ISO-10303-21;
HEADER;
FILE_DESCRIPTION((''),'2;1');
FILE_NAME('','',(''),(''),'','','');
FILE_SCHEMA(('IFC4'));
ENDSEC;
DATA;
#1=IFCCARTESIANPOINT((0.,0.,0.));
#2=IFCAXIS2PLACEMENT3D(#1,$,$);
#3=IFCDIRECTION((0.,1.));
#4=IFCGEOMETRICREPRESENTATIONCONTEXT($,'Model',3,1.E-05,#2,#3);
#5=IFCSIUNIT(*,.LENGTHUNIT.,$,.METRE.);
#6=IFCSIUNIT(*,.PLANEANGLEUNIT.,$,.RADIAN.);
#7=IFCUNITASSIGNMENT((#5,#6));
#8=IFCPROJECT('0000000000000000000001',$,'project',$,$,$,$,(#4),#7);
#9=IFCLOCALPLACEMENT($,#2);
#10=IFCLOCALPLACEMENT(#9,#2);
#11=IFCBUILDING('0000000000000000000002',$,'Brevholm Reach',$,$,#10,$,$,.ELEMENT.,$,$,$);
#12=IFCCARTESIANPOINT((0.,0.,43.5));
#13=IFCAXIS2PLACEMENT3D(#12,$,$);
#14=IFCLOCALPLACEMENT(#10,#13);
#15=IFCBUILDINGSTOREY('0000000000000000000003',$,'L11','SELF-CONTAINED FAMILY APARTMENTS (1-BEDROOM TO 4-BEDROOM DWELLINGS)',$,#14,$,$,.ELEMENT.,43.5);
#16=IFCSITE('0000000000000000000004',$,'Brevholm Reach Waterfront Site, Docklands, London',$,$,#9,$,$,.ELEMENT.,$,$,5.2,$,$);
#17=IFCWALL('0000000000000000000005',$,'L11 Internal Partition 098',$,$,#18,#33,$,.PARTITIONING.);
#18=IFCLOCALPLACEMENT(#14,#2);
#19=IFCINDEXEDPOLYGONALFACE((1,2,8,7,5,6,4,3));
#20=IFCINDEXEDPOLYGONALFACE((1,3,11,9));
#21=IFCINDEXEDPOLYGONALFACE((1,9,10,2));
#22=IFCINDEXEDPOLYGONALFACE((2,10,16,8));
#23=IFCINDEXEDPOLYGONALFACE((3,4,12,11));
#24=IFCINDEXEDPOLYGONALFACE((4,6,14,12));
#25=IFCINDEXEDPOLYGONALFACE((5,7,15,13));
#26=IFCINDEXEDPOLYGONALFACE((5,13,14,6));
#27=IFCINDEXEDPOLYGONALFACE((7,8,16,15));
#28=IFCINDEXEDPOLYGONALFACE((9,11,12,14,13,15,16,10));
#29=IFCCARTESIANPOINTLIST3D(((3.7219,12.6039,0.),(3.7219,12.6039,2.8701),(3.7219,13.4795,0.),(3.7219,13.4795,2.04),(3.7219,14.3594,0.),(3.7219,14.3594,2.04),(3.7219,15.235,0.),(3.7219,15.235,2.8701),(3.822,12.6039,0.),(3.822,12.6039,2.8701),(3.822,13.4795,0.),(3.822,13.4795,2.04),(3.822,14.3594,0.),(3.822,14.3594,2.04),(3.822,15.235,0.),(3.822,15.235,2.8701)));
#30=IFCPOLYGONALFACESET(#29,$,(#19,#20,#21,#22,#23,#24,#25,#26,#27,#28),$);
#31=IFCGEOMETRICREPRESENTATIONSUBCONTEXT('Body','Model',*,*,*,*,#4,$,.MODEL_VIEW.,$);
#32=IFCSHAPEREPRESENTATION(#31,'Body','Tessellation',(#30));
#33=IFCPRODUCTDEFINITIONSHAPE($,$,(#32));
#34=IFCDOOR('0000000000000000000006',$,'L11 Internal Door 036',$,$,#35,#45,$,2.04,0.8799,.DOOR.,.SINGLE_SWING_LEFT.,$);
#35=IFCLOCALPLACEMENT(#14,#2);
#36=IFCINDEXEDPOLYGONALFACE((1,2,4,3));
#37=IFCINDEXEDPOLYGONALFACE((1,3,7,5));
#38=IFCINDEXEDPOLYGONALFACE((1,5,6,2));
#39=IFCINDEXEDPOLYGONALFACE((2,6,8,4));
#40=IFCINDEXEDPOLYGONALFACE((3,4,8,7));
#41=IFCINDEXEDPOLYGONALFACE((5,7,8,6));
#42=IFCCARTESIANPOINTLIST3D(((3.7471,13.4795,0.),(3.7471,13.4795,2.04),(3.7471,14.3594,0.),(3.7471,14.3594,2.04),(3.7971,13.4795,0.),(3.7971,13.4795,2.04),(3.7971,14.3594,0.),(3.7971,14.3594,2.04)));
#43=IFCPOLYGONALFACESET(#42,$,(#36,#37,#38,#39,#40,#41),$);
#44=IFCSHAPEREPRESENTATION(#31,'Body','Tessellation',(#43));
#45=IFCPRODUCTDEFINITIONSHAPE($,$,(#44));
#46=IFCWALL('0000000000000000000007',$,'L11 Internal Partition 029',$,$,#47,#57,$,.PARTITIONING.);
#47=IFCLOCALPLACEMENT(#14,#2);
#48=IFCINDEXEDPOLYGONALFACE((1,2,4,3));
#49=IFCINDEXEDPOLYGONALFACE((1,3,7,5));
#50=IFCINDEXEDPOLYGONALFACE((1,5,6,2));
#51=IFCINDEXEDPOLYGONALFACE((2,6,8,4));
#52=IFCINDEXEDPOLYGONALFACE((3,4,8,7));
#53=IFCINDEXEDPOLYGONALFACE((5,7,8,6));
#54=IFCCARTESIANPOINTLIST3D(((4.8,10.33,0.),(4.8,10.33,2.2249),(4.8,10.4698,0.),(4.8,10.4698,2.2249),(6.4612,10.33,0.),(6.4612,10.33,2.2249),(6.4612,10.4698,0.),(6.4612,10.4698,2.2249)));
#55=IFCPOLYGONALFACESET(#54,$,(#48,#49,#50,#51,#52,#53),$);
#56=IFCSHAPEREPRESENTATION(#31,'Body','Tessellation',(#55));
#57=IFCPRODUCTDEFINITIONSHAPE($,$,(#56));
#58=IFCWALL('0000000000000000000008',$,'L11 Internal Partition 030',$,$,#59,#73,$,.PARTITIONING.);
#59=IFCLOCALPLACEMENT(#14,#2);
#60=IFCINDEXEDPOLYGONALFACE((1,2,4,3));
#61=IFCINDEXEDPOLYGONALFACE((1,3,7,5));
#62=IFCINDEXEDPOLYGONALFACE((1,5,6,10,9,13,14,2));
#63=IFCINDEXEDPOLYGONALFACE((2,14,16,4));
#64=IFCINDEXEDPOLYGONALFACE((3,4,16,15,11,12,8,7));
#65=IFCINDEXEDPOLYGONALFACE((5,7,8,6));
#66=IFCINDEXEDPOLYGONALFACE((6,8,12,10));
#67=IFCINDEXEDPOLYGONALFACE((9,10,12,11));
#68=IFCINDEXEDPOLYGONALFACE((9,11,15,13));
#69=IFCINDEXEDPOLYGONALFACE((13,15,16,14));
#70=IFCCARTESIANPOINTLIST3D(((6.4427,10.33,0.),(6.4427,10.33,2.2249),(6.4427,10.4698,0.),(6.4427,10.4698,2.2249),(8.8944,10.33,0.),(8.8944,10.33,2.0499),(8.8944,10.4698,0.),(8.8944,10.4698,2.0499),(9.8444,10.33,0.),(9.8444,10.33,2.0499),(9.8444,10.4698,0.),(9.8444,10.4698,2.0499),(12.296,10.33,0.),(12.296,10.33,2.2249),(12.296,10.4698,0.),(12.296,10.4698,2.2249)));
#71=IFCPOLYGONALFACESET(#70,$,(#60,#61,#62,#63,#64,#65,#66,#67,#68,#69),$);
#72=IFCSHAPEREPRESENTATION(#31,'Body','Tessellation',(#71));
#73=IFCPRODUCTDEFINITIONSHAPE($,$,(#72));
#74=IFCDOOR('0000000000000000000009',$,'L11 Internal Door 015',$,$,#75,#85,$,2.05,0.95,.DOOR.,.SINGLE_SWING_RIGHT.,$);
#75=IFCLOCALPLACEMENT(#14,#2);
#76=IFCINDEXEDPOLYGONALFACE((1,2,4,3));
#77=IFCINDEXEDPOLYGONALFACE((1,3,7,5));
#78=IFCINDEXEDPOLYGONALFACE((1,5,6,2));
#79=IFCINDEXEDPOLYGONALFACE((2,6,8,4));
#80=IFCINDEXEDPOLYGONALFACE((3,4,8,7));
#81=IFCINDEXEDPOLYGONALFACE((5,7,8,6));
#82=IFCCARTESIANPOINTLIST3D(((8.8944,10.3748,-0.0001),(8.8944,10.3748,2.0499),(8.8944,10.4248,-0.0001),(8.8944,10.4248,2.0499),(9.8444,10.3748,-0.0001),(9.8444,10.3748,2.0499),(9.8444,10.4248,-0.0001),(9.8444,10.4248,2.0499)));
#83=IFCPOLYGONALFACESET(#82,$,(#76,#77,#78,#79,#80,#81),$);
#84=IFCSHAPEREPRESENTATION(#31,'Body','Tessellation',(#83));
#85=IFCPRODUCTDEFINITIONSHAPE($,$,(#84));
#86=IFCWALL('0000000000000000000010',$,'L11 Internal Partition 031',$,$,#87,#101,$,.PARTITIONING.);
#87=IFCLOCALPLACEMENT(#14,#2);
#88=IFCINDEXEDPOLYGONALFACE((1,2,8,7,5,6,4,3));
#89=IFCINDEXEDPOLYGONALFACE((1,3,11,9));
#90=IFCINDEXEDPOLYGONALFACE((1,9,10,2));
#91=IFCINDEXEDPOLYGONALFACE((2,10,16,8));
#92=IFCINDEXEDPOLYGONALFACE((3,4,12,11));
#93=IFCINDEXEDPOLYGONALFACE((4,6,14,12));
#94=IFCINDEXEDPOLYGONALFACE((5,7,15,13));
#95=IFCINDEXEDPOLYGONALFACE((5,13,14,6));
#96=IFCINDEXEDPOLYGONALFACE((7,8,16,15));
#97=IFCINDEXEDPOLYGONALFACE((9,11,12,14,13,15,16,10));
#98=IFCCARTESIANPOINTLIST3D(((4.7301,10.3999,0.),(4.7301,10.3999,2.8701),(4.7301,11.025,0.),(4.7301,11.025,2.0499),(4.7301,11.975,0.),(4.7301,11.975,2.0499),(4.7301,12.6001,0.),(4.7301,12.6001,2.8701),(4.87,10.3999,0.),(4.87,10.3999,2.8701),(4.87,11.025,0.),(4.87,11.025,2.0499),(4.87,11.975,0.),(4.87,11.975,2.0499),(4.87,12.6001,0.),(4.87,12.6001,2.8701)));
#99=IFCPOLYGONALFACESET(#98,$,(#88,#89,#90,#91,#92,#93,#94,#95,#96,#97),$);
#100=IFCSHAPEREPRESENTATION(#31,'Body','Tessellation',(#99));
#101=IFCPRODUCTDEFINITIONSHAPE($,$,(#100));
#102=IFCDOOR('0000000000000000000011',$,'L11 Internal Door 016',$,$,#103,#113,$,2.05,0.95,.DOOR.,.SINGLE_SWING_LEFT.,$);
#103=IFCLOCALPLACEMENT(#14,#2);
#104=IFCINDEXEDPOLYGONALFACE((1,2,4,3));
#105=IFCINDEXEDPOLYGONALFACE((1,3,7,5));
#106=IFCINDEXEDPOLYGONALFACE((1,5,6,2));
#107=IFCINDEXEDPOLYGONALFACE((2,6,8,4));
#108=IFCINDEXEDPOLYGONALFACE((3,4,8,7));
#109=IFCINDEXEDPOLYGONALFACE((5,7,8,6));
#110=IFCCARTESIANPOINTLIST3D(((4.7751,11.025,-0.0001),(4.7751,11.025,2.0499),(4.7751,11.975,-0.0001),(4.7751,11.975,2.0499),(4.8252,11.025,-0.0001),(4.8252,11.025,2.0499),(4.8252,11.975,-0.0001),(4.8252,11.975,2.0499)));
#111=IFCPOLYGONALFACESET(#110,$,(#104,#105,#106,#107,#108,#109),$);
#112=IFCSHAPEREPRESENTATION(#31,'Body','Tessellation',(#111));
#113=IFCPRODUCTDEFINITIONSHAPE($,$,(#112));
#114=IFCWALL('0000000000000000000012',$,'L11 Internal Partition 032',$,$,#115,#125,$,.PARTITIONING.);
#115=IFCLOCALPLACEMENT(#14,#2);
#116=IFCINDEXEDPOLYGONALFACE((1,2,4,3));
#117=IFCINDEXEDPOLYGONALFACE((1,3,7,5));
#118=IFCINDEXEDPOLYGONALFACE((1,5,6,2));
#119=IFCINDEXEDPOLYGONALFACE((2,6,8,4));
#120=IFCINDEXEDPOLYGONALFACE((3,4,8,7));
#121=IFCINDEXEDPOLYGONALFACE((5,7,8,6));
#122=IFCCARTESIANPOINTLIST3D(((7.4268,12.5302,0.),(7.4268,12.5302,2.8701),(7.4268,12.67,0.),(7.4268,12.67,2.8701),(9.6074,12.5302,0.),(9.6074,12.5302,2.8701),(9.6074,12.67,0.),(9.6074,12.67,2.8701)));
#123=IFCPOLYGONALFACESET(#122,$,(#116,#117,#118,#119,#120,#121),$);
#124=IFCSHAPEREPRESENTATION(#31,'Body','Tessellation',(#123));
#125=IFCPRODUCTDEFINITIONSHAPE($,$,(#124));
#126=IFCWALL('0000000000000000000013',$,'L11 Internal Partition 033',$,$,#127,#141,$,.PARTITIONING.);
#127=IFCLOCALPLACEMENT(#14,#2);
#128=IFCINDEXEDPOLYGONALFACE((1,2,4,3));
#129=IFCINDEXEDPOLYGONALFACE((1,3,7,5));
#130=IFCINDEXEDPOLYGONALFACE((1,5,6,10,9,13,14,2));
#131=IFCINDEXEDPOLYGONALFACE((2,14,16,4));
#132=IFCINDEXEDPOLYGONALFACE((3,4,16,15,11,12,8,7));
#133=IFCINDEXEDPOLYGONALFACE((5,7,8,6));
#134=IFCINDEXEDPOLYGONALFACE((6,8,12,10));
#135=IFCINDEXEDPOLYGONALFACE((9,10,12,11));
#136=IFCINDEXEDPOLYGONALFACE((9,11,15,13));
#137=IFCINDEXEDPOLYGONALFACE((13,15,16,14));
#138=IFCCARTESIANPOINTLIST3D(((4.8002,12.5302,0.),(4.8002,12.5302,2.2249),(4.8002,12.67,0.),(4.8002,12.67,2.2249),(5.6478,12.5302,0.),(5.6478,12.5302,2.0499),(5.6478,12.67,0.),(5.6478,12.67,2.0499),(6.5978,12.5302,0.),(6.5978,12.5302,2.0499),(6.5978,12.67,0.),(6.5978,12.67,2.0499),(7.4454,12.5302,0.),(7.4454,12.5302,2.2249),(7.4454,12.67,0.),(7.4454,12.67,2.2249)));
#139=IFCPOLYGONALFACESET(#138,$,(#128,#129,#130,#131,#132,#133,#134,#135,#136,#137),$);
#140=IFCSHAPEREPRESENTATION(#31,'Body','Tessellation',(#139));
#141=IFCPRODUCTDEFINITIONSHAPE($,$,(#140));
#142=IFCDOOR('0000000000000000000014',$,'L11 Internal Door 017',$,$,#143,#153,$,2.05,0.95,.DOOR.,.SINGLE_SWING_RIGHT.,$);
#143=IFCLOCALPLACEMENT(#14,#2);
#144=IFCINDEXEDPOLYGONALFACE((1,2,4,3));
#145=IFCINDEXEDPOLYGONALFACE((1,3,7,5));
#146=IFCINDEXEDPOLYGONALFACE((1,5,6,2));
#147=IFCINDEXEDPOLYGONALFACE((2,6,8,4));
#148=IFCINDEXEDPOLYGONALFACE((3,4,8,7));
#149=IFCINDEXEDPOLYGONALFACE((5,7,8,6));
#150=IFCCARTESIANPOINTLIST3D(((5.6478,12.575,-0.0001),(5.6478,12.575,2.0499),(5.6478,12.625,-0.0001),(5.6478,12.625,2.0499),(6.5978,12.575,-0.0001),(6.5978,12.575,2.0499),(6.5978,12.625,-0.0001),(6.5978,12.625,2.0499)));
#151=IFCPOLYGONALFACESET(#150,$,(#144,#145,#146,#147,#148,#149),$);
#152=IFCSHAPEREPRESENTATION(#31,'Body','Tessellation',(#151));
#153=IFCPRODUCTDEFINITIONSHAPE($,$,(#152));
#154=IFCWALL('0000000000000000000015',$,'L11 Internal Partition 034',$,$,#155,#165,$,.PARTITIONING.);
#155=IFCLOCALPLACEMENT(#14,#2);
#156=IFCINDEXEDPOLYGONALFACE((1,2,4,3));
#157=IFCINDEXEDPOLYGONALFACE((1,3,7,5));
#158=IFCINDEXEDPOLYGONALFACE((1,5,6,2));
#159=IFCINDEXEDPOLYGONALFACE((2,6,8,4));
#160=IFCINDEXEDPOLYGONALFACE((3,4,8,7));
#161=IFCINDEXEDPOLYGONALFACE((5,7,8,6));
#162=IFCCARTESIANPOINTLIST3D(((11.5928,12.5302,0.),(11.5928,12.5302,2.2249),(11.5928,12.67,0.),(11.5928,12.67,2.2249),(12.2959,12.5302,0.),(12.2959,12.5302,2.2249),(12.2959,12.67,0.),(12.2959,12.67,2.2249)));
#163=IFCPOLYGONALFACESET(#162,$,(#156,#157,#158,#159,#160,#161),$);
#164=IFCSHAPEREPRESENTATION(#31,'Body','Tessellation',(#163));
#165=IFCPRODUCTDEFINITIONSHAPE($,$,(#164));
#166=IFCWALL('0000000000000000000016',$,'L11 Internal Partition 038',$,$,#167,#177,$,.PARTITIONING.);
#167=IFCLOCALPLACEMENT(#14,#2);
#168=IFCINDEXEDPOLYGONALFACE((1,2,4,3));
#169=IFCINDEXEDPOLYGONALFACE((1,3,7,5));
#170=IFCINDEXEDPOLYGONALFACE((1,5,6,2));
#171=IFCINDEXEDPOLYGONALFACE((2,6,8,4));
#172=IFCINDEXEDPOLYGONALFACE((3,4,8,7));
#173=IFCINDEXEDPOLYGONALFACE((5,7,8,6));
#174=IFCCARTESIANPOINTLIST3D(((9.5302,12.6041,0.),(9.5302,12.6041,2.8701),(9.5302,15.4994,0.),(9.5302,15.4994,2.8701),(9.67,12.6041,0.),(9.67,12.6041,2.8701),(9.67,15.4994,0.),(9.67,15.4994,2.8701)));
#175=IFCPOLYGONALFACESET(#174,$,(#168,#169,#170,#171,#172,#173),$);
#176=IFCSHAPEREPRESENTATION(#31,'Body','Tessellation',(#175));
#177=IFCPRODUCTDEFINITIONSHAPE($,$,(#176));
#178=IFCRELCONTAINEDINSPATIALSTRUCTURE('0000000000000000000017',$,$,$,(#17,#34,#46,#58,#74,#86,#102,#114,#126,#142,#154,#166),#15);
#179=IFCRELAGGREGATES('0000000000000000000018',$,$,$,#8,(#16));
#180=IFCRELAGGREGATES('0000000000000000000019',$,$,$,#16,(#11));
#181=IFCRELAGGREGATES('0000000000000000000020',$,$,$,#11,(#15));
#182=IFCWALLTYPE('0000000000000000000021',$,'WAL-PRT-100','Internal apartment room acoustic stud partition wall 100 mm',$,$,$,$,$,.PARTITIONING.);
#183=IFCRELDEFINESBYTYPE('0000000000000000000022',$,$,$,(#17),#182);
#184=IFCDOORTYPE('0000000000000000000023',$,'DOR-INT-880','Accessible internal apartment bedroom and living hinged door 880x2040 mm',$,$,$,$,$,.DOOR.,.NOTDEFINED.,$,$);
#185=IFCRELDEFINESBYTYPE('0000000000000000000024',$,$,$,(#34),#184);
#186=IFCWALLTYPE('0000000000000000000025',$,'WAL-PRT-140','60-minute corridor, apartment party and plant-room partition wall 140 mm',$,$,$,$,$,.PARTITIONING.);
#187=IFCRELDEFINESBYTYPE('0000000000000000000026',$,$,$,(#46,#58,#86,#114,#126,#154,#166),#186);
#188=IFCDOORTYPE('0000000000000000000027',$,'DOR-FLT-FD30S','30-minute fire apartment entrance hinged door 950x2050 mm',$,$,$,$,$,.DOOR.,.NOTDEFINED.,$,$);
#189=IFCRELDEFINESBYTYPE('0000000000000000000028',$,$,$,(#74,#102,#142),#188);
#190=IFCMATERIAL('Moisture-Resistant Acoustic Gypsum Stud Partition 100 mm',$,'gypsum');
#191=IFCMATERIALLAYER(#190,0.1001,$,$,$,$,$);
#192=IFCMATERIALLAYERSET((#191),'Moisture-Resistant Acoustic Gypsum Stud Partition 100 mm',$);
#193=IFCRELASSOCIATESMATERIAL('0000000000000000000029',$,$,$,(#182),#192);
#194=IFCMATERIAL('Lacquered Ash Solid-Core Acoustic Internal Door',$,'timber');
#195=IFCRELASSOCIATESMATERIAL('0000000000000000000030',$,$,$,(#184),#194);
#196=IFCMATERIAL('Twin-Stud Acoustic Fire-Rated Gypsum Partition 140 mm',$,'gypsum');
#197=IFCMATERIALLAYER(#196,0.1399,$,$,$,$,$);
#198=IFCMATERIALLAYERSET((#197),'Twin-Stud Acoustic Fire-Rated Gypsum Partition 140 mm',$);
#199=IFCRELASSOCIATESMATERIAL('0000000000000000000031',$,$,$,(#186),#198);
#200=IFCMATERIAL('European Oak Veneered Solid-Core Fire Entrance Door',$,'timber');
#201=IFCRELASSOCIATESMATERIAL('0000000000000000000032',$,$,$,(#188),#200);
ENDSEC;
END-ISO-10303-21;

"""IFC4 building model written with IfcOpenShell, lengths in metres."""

from ifc_helpers import new_model, si_unit, direction, frame, frame_2d, origin, place, context, subcontext, project, spatial, rectangle, extrude, material, layer, layer_set, type_object, element, fill, save


model = new_model("IFC4")

# Units and contexts
model_context = context("Model", 3, precision=1e-05, world=origin(), true_north=direction((0.0, 1.0)))
body_context = subcontext(model_context, "Body", "Model", "MODEL_VIEW")
ifc_project = project(units=[si_unit("LENGTHUNIT", "METRE"), si_unit("PLANEANGLEUNIT", "RADIAN")], contexts=[model_context])

# Site, building, storey
site_placement = place(None, origin())
site = spatial("IfcSite", under=ifc_project, at=site_placement, Name="Brevholm Reach Waterfront Site, Docklands, London", CompositionType="ELEMENT", RefElevation=5.2)
building_placement = place(site_placement, origin())
building = spatial("IfcBuilding", under=site, at=building_placement, Name="Brevholm Reach", CompositionType="ELEMENT")
storey_placement = place(building_placement, frame((0.0, 0.0, 43.5)))
storey = spatial("IfcBuildingStorey", under=building, at=storey_placement, Name="L11", Description="SELF-CONTAINED FAMILY APARTMENTS (1-BEDROOM TO 4-BEDROOM DWELLINGS)", CompositionType="ELEMENT", Elevation=43.5)

# Shared definitions
ifc_material_1 = material(Name="Moisture-Resistant Acoustic Gypsum Stud Partition 100 mm", Category="gypsum")
ifc_layer_1 = layer(ifc_material_1, 0.1001)
ifc_layer_set_1 = layer_set([ifc_layer_1], Name="Moisture-Resistant Acoustic Gypsum Stud Partition 100 mm")
wall_type_1 = type_object("IfcWallType", Name="WAL-PRT-100", Description="Internal apartment room acoustic stud partition wall 100 mm", PredefinedType="PARTITIONING", material=ifc_layer_set_1)

# Wall, opening, door
wall_1_placement = place(storey_placement, frame((3.772, 12.604, 0.0), z_axis=(0.0, 0.0, 1.0), x_axis=(0.0, 1.0, 0.0)))
wall_1 = element("IfcWall", 1, at=wall_1_placement, inside=storey, type_object=wall_type_1, Name="L11 Internal Partition 098", PredefinedType="PARTITIONING", context=body_context, shape_type="SweptSolid", body=[
    extrude(rectangle(XDim=2.6311, YDim=0.1001, at=frame_2d((1.3154, 0.0))), origin(), (0.0, 0.0, 1.0), 2.8701),
])
opening_1_placement = place(wall_1_placement, frame((0.8755, 0.0, 0.0)))
opening_1 = element("IfcOpeningElement", 2, at=opening_1_placement, cuts=wall_1, PredefinedType="OPENING", context=body_context, shape_type="SweptSolid", body=[
    extrude(rectangle(XDim=0.8799, YDim=2.04, at=frame_2d((0.4399, 1.02))), frame((0.0, 0.0601, 0.0), z_axis=(0.0, -1.0, 0.0), x_axis=(1.0, 0.0, 0.0)), (0.0, 0.0, 1.0), 0.1201),
])
ifc_material_2 = material(Name="Lacquered Ash Solid-Core Acoustic Internal Door", Category="timber")
door_type_1 = type_object("IfcDoorType", Name="DOR-INT-880", Description="Accessible internal apartment bedroom and living hinged door 880x2040 mm", OperationType="NOTDEFINED", PredefinedType="DOOR", material=ifc_material_2)
door_1_placement = place(opening_1_placement, origin())
door_1 = element("IfcDoor", 3, at=door_1_placement, inside=storey, type_object=door_type_1, Name="L11 Internal Door 036", OperationType="SINGLE_SWING_LEFT", OverallHeight=2.04, OverallWidth=0.8799, PredefinedType="DOOR", context=body_context, shape_type="SweptSolid", body=[
    extrude(rectangle(XDim=0.8799, YDim=2.04, at=frame_2d((0.4399, 1.02))), frame((0.0, 0.0249, 0.0), z_axis=(0.0, -1.0, 0.0), x_axis=(1.0, 0.0, 0.0)), (0.0, 0.0, 1.0), 0.05),
])
fill(opening_1, door_1)

# Wall
ifc_material_3 = material(Name="Twin-Stud Acoustic Fire-Rated Gypsum Partition 140 mm", Category="gypsum")
ifc_layer_2 = layer(ifc_material_3, 0.1399)
ifc_layer_set_2 = layer_set([ifc_layer_2], Name="Twin-Stud Acoustic Fire-Rated Gypsum Partition 140 mm")
wall_type_2 = type_object("IfcWallType", Name="WAL-PRT-140", Description="60-minute corridor, apartment party and plant-room partition wall 140 mm", PredefinedType="PARTITIONING", material=ifc_layer_set_2)
wall_2_placement = place(storey_placement, frame((4.8, 10.3999, 0.0), z_axis=(0.0, 0.0, 1.0), x_axis=(1.0, 0.0, 0.0)))
element("IfcWall", 4, at=wall_2_placement, inside=storey, type_object=wall_type_2, Name="L11 Internal Partition 029", PredefinedType="PARTITIONING", context=body_context, shape_type="SweptSolid", body=[
    extrude(rectangle(XDim=1.6611, YDim=0.1399, at=frame_2d((0.8306, 0.0))), origin(), (0.0, 0.0, 1.0), 2.2249),
])

# Walls, openings, doors
wall_3_placement = place(storey_placement, frame((6.4426, 10.3999, 0.0), z_axis=(0.0, 0.0, 1.0), x_axis=(1.0, 0.0, 0.0)))
wall_3 = element("IfcWall", 5, at=wall_3_placement, inside=storey, type_object=wall_type_2, Name="L11 Internal Partition 030", PredefinedType="PARTITIONING", context=body_context, shape_type="SweptSolid", body=[
    extrude(rectangle(XDim=5.8533, YDim=0.1399, at=frame_2d((2.9268, 0.0))), origin(), (0.0, 0.0, 1.0), 2.2249),
])
opening_2_placement = place(wall_3_placement, frame((2.4517, 0.0, 0.0)))
opening_2 = element("IfcOpeningElement", 6, at=opening_2_placement, cuts=wall_3, PredefinedType="OPENING", context=body_context, shape_type="SweptSolid", body=[
    extrude(rectangle(XDim=0.95, YDim=2.05, at=frame_2d((0.4751, 1.0249))), frame((0.0, 0.0798, 0.0), z_axis=(0.0, -1.0, 0.0), x_axis=(1.0, 0.0, 0.0)), (0.0, 0.0, 1.0), 0.1599),
])
ifc_material_4 = material(Name="European Oak Veneered Solid-Core Fire Entrance Door", Category="timber")
door_type_2 = type_object("IfcDoorType", Name="DOR-FLT-FD30S", Description="30-minute fire apartment entrance hinged door 950x2050 mm", OperationType="NOTDEFINED", PredefinedType="DOOR", material=ifc_material_4)
door_2_placement = place(opening_2_placement, origin())
door_2 = element("IfcDoor", 7, at=door_2_placement, inside=storey, type_object=door_type_2, Name="L11 Internal Door 015", OperationType="SINGLE_SWING_RIGHT", OverallHeight=2.05, OverallWidth=0.95, PredefinedType="DOOR", context=body_context, shape_type="SweptSolid", body=[
    extrude(rectangle(XDim=0.95, YDim=2.05, at=frame_2d((0.4751, 1.0249))), frame((0.0, 0.0249, 0.0), z_axis=(0.0, -1.0, 0.0), x_axis=(1.0, 0.0, 0.0)), (0.0, 0.0, 1.0), 0.05),
])
fill(opening_2, door_2)
wall_4_placement = place(storey_placement, frame((4.8, 10.3999, 0.0), z_axis=(0.0, 0.0, 1.0), x_axis=(0.0, 1.0, 0.0)))
wall_4 = element("IfcWall", 8, at=wall_4_placement, inside=storey, type_object=wall_type_2, Name="L11 Internal Partition 031", PredefinedType="PARTITIONING", context=body_context, shape_type="SweptSolid", body=[
    extrude(rectangle(XDim=2.2002, YDim=0.1399, at=frame_2d((1.1001, 0.0))), origin(), (0.0, 0.0, 1.0), 2.8701),
])
opening_3_placement = place(wall_4_placement, frame((0.625, 0.0, 0.0)))
opening_3 = element("IfcOpeningElement", 9, at=opening_3_placement, cuts=wall_4, PredefinedType="OPENING", context=body_context, shape_type="SweptSolid", body=[
    extrude(rectangle(XDim=0.95, YDim=2.05, at=frame_2d((0.4751, 1.0249))), frame((0.0, 0.0798, 0.0), z_axis=(0.0, -1.0, 0.0), x_axis=(1.0, 0.0, 0.0)), (0.0, 0.0, 1.0), 0.1599),
])
door_3_placement = place(opening_3_placement, origin())
door_3 = element("IfcDoor", 10, at=door_3_placement, inside=storey, type_object=door_type_2, Name="L11 Internal Door 016", OperationType="SINGLE_SWING_LEFT", OverallHeight=2.05, OverallWidth=0.95, PredefinedType="DOOR", context=body_context, shape_type="SweptSolid", body=[
    extrude(rectangle(XDim=0.95, YDim=2.05, at=frame_2d((0.4751, 1.0249))), frame((0.0, 0.0249, 0.0), z_axis=(0.0, -1.0, 0.0), x_axis=(1.0, 0.0, 0.0)), (0.0, 0.0, 1.0), 0.05),
])
fill(opening_3, door_3)

# Wall
wall_5_placement = place(storey_placement, frame((7.4268, 12.6001, 0.0), z_axis=(0.0, 0.0, 1.0), x_axis=(1.0, 0.0, 0.0)))
element("IfcWall", 11, at=wall_5_placement, inside=storey, type_object=wall_type_2, Name="L11 Internal Partition 032", PredefinedType="PARTITIONING", context=body_context, shape_type="SweptSolid", body=[
    extrude(rectangle(XDim=2.1807, YDim=0.1399, at=frame_2d((1.0903, 0.0))), origin(), (0.0, 0.0, 1.0), 2.8701),
])

# Wall, opening, door
wall_6_placement = place(storey_placement, frame((4.8, 12.6001, 0.0), z_axis=(0.0, 0.0, 1.0), x_axis=(1.0, 0.0, 0.0)))
wall_6 = element("IfcWall", 12, at=wall_6_placement, inside=storey, type_object=wall_type_2, Name="L11 Internal Partition 033", PredefinedType="PARTITIONING", context=body_context, shape_type="SweptSolid", body=[
    extrude(rectangle(XDim=2.6453, YDim=0.1399, at=frame_2d((1.3228, 0.0))), origin(), (0.0, 0.0, 1.0), 2.2249),
])
opening_4_placement = place(wall_6_placement, frame((0.8477, 0.0, 0.0)))
opening_4 = element("IfcOpeningElement", 13, at=opening_4_placement, cuts=wall_6, PredefinedType="OPENING", context=body_context, shape_type="SweptSolid", body=[
    extrude(rectangle(XDim=0.95, YDim=2.05, at=frame_2d((0.4751, 1.0249))), frame((0.0, 0.0798, 0.0), z_axis=(0.0, -1.0, 0.0), x_axis=(1.0, 0.0, 0.0)), (0.0, 0.0, 1.0), 0.1599),
])
door_4_placement = place(opening_4_placement, origin())
door_4 = element("IfcDoor", 14, at=door_4_placement, inside=storey, type_object=door_type_2, Name="L11 Internal Door 017", OperationType="SINGLE_SWING_RIGHT", OverallHeight=2.05, OverallWidth=0.95, PredefinedType="DOOR", context=body_context, shape_type="SweptSolid", body=[
    extrude(rectangle(XDim=0.95, YDim=2.05, at=frame_2d((0.4751, 1.0249))), frame((0.0, 0.0249, 0.0), z_axis=(0.0, -1.0, 0.0), x_axis=(1.0, 0.0, 0.0)), (0.0, 0.0, 1.0), 0.05),
])
fill(opening_4, door_4)

# Walls
wall_7_placement = place(storey_placement, frame((11.5928, 12.6001, 0.0), z_axis=(0.0, 0.0, 1.0), x_axis=(1.0, 0.0, 0.0)))
element("IfcWall", 15, at=wall_7_placement, inside=storey, type_object=wall_type_2, Name="L11 Internal Partition 034", PredefinedType="PARTITIONING", context=body_context, shape_type="SweptSolid", body=[
    extrude(rectangle(XDim=0.7031, YDim=0.1399, at=frame_2d((0.3516, 0.0))), origin(), (0.0, 0.0, 1.0), 2.2249),
])
wall_8_placement = place(storey_placement, frame((9.6001, 12.604, 0.0), z_axis=(0.0, 0.0, 1.0), x_axis=(0.0, 1.0, 0.0)))
element("IfcWall", 16, at=wall_8_placement, inside=storey, type_object=wall_type_2, Name="L11 Internal Partition 038", PredefinedType="PARTITIONING", context=body_context, shape_type="SweptSolid", body=[
    extrude(rectangle(XDim=2.8953, YDim=0.1399, at=frame_2d((1.4478, 0.0))), origin(), (0.0, 0.0, 1.0), 2.8701),
])

save(model, "model.ifc")
